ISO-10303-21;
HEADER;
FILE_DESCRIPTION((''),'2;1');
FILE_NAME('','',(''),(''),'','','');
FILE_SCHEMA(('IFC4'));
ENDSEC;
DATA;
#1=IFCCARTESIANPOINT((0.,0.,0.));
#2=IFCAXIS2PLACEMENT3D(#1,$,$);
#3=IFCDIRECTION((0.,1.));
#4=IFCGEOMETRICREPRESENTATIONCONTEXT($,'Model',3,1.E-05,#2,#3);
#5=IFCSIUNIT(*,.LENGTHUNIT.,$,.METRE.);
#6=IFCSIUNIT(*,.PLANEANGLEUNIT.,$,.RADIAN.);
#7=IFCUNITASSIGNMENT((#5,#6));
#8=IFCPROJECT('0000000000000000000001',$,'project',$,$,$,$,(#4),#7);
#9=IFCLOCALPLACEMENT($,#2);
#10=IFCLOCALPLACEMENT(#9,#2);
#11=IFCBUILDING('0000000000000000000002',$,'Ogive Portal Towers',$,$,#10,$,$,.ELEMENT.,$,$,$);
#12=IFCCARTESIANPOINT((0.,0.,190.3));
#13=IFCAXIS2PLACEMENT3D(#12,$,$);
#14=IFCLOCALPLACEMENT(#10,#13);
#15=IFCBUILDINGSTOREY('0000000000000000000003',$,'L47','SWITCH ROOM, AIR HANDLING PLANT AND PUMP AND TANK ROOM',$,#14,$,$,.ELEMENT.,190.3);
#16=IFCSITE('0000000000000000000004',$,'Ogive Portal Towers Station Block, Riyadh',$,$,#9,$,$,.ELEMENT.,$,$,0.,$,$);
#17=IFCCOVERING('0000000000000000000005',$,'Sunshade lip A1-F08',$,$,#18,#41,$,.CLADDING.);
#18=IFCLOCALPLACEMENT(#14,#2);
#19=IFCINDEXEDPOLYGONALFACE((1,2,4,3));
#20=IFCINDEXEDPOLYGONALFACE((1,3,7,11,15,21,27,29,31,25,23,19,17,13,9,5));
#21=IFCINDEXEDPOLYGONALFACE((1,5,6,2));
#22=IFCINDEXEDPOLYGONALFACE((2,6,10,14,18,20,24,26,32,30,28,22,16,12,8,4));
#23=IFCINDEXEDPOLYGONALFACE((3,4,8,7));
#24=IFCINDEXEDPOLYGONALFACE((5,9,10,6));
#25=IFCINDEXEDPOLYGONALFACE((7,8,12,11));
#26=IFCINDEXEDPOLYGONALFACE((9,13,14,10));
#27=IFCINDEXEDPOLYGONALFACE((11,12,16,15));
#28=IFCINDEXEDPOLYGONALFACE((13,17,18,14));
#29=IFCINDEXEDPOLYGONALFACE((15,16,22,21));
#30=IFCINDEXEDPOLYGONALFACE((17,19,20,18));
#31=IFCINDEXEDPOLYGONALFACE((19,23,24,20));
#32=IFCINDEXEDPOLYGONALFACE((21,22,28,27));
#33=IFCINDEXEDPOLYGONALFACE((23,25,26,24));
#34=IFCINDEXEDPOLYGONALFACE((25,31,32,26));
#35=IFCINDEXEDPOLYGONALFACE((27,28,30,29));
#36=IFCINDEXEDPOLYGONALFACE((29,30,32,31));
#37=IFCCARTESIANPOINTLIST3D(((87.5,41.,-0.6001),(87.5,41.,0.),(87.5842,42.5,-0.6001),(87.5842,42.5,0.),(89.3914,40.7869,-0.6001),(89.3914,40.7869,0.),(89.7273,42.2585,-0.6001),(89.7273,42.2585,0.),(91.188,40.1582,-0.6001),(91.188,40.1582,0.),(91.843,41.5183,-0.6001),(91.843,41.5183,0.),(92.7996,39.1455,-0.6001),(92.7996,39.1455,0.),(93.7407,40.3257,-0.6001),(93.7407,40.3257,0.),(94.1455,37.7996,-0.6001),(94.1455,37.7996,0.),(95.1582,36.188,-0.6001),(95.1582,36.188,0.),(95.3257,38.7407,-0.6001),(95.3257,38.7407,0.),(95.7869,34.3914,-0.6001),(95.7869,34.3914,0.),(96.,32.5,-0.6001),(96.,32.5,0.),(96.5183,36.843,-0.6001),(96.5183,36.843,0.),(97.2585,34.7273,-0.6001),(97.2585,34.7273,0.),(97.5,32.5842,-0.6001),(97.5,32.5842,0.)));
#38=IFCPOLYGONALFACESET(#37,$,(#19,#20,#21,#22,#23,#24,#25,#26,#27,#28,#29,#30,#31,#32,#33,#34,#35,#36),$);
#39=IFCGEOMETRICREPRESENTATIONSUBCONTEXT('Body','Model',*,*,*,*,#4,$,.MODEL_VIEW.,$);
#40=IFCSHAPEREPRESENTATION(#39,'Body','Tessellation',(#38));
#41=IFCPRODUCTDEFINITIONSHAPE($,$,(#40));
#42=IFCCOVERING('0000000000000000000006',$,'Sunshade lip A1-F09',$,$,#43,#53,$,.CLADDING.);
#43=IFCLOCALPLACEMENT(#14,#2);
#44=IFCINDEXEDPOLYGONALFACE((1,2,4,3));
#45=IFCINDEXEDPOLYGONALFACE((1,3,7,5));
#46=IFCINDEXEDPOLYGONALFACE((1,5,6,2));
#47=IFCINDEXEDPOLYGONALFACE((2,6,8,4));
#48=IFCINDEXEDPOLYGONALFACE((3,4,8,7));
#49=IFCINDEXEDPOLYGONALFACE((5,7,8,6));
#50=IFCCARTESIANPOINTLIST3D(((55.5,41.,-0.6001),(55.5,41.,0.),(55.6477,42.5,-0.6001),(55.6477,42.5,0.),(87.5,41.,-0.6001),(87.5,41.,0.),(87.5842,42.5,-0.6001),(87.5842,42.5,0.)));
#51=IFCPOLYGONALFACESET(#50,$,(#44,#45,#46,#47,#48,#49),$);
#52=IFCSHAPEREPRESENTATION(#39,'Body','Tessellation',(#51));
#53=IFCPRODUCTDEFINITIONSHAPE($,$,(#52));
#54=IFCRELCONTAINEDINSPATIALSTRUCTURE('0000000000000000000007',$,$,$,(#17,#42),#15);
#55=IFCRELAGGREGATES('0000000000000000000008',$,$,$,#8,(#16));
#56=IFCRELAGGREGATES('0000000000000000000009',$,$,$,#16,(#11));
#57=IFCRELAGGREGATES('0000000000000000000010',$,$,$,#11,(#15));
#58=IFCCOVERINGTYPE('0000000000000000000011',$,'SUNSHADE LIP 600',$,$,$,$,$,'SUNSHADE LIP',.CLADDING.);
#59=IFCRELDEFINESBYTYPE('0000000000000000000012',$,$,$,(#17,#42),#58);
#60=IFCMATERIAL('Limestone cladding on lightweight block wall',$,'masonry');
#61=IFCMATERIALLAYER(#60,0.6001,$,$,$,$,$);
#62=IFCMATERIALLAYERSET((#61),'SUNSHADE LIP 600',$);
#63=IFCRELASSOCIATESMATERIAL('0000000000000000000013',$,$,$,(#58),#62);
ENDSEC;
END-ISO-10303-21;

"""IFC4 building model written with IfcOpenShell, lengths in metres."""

from ifc_helpers import new_model, si_unit, direction, frame, origin, place, context, subcontext, project, spatial, polyline, outline, extrude, material, layer, layer_set, type_object, element, save


model = new_model("IFC4")

# Units and contexts
model_context = context("Model", 3, precision=1e-05, world=origin(), true_north=direction((0.0, 1.0)))
body_context = subcontext(model_context, "Body", "Model", "MODEL_VIEW")
ifc_project = project(units=[si_unit("LENGTHUNIT", "METRE"), si_unit("PLANEANGLEUNIT", "RADIAN")], contexts=[model_context])

# Site, building, storey
site_placement = place(None, origin())
site = spatial("IfcSite", under=ifc_project, at=site_placement, Name="Ogive Portal Towers Station Block, Riyadh", CompositionType="ELEMENT", RefElevation=0.0)
building_placement = place(site_placement, origin())
building = spatial("IfcBuilding", under=site, at=building_placement, Name="Ogive Portal Towers", CompositionType="ELEMENT")
storey_placement = place(building_placement, frame((0.0, 0.0, 190.3)))
storey = spatial("IfcBuildingStorey", under=building, at=storey_placement, Name="L47", Description="SWITCH ROOM, AIR HANDLING PLANT AND PUMP AND TANK ROOM", CompositionType="ELEMENT", Elevation=190.3)

# Coverings
ifc_material_1 = material(Name="Limestone cladding on lightweight block wall", Category="masonry")
ifc_layer_1 = layer(ifc_material_1, 0.6001)
ifc_layer_set_1 = layer_set([ifc_layer_1], Name="SUNSHADE LIP 600")
covering_type_1 = type_object("IfcCoveringType", Name="SUNSHADE LIP 600", ElementType="SUNSHADE LIP", PredefinedType="CLADDING", material=ifc_layer_set_1)
covering_1_placement = place(storey_placement, frame((0.0, 0.0, -0.6001)))
element("IfcCovering", 1, at=covering_1_placement, inside=storey, type_object=covering_type_1, Name="Sunshade lip A1-F08", PredefinedType="CLADDING", context=body_context, shape_type="SweptSolid", body=[
    extrude(outline(polyline([(96.0, 32.5), (95.7869, 34.3914), (95.1582, 36.188), (94.1455, 37.7996), (92.7996, 39.1455), (91.188, 40.1582), (89.3914, 40.7869), (87.5, 41.0), (87.5842, 42.5), (89.7273, 42.2585), (91.843, 41.5183), (93.7407, 40.3257), (95.3257, 38.7407), (96.5183, 36.843), (97.2585, 34.7273), (97.5, 32.5842), (96.0, 32.5)])), origin(), (0.0, 0.0, 1.0), 0.6001),
])
covering_2_placement = place(storey_placement, frame((0.0, 0.0, -0.6001)))
element("IfcCovering", 2, at=covering_2_placement, inside=storey, type_object=covering_type_1, Name="Sunshade lip A1-F09", PredefinedType="CLADDING", context=body_context, shape_type="SweptSolid", body=[
    extrude(outline(polyline([(87.5, 41.0), (55.5, 41.0), (55.6477, 42.5), (87.5842, 42.5), (87.5, 41.0)])), origin(), (0.0, 0.0, 1.0), 0.6001),
])

save(model, "model.ifc")
